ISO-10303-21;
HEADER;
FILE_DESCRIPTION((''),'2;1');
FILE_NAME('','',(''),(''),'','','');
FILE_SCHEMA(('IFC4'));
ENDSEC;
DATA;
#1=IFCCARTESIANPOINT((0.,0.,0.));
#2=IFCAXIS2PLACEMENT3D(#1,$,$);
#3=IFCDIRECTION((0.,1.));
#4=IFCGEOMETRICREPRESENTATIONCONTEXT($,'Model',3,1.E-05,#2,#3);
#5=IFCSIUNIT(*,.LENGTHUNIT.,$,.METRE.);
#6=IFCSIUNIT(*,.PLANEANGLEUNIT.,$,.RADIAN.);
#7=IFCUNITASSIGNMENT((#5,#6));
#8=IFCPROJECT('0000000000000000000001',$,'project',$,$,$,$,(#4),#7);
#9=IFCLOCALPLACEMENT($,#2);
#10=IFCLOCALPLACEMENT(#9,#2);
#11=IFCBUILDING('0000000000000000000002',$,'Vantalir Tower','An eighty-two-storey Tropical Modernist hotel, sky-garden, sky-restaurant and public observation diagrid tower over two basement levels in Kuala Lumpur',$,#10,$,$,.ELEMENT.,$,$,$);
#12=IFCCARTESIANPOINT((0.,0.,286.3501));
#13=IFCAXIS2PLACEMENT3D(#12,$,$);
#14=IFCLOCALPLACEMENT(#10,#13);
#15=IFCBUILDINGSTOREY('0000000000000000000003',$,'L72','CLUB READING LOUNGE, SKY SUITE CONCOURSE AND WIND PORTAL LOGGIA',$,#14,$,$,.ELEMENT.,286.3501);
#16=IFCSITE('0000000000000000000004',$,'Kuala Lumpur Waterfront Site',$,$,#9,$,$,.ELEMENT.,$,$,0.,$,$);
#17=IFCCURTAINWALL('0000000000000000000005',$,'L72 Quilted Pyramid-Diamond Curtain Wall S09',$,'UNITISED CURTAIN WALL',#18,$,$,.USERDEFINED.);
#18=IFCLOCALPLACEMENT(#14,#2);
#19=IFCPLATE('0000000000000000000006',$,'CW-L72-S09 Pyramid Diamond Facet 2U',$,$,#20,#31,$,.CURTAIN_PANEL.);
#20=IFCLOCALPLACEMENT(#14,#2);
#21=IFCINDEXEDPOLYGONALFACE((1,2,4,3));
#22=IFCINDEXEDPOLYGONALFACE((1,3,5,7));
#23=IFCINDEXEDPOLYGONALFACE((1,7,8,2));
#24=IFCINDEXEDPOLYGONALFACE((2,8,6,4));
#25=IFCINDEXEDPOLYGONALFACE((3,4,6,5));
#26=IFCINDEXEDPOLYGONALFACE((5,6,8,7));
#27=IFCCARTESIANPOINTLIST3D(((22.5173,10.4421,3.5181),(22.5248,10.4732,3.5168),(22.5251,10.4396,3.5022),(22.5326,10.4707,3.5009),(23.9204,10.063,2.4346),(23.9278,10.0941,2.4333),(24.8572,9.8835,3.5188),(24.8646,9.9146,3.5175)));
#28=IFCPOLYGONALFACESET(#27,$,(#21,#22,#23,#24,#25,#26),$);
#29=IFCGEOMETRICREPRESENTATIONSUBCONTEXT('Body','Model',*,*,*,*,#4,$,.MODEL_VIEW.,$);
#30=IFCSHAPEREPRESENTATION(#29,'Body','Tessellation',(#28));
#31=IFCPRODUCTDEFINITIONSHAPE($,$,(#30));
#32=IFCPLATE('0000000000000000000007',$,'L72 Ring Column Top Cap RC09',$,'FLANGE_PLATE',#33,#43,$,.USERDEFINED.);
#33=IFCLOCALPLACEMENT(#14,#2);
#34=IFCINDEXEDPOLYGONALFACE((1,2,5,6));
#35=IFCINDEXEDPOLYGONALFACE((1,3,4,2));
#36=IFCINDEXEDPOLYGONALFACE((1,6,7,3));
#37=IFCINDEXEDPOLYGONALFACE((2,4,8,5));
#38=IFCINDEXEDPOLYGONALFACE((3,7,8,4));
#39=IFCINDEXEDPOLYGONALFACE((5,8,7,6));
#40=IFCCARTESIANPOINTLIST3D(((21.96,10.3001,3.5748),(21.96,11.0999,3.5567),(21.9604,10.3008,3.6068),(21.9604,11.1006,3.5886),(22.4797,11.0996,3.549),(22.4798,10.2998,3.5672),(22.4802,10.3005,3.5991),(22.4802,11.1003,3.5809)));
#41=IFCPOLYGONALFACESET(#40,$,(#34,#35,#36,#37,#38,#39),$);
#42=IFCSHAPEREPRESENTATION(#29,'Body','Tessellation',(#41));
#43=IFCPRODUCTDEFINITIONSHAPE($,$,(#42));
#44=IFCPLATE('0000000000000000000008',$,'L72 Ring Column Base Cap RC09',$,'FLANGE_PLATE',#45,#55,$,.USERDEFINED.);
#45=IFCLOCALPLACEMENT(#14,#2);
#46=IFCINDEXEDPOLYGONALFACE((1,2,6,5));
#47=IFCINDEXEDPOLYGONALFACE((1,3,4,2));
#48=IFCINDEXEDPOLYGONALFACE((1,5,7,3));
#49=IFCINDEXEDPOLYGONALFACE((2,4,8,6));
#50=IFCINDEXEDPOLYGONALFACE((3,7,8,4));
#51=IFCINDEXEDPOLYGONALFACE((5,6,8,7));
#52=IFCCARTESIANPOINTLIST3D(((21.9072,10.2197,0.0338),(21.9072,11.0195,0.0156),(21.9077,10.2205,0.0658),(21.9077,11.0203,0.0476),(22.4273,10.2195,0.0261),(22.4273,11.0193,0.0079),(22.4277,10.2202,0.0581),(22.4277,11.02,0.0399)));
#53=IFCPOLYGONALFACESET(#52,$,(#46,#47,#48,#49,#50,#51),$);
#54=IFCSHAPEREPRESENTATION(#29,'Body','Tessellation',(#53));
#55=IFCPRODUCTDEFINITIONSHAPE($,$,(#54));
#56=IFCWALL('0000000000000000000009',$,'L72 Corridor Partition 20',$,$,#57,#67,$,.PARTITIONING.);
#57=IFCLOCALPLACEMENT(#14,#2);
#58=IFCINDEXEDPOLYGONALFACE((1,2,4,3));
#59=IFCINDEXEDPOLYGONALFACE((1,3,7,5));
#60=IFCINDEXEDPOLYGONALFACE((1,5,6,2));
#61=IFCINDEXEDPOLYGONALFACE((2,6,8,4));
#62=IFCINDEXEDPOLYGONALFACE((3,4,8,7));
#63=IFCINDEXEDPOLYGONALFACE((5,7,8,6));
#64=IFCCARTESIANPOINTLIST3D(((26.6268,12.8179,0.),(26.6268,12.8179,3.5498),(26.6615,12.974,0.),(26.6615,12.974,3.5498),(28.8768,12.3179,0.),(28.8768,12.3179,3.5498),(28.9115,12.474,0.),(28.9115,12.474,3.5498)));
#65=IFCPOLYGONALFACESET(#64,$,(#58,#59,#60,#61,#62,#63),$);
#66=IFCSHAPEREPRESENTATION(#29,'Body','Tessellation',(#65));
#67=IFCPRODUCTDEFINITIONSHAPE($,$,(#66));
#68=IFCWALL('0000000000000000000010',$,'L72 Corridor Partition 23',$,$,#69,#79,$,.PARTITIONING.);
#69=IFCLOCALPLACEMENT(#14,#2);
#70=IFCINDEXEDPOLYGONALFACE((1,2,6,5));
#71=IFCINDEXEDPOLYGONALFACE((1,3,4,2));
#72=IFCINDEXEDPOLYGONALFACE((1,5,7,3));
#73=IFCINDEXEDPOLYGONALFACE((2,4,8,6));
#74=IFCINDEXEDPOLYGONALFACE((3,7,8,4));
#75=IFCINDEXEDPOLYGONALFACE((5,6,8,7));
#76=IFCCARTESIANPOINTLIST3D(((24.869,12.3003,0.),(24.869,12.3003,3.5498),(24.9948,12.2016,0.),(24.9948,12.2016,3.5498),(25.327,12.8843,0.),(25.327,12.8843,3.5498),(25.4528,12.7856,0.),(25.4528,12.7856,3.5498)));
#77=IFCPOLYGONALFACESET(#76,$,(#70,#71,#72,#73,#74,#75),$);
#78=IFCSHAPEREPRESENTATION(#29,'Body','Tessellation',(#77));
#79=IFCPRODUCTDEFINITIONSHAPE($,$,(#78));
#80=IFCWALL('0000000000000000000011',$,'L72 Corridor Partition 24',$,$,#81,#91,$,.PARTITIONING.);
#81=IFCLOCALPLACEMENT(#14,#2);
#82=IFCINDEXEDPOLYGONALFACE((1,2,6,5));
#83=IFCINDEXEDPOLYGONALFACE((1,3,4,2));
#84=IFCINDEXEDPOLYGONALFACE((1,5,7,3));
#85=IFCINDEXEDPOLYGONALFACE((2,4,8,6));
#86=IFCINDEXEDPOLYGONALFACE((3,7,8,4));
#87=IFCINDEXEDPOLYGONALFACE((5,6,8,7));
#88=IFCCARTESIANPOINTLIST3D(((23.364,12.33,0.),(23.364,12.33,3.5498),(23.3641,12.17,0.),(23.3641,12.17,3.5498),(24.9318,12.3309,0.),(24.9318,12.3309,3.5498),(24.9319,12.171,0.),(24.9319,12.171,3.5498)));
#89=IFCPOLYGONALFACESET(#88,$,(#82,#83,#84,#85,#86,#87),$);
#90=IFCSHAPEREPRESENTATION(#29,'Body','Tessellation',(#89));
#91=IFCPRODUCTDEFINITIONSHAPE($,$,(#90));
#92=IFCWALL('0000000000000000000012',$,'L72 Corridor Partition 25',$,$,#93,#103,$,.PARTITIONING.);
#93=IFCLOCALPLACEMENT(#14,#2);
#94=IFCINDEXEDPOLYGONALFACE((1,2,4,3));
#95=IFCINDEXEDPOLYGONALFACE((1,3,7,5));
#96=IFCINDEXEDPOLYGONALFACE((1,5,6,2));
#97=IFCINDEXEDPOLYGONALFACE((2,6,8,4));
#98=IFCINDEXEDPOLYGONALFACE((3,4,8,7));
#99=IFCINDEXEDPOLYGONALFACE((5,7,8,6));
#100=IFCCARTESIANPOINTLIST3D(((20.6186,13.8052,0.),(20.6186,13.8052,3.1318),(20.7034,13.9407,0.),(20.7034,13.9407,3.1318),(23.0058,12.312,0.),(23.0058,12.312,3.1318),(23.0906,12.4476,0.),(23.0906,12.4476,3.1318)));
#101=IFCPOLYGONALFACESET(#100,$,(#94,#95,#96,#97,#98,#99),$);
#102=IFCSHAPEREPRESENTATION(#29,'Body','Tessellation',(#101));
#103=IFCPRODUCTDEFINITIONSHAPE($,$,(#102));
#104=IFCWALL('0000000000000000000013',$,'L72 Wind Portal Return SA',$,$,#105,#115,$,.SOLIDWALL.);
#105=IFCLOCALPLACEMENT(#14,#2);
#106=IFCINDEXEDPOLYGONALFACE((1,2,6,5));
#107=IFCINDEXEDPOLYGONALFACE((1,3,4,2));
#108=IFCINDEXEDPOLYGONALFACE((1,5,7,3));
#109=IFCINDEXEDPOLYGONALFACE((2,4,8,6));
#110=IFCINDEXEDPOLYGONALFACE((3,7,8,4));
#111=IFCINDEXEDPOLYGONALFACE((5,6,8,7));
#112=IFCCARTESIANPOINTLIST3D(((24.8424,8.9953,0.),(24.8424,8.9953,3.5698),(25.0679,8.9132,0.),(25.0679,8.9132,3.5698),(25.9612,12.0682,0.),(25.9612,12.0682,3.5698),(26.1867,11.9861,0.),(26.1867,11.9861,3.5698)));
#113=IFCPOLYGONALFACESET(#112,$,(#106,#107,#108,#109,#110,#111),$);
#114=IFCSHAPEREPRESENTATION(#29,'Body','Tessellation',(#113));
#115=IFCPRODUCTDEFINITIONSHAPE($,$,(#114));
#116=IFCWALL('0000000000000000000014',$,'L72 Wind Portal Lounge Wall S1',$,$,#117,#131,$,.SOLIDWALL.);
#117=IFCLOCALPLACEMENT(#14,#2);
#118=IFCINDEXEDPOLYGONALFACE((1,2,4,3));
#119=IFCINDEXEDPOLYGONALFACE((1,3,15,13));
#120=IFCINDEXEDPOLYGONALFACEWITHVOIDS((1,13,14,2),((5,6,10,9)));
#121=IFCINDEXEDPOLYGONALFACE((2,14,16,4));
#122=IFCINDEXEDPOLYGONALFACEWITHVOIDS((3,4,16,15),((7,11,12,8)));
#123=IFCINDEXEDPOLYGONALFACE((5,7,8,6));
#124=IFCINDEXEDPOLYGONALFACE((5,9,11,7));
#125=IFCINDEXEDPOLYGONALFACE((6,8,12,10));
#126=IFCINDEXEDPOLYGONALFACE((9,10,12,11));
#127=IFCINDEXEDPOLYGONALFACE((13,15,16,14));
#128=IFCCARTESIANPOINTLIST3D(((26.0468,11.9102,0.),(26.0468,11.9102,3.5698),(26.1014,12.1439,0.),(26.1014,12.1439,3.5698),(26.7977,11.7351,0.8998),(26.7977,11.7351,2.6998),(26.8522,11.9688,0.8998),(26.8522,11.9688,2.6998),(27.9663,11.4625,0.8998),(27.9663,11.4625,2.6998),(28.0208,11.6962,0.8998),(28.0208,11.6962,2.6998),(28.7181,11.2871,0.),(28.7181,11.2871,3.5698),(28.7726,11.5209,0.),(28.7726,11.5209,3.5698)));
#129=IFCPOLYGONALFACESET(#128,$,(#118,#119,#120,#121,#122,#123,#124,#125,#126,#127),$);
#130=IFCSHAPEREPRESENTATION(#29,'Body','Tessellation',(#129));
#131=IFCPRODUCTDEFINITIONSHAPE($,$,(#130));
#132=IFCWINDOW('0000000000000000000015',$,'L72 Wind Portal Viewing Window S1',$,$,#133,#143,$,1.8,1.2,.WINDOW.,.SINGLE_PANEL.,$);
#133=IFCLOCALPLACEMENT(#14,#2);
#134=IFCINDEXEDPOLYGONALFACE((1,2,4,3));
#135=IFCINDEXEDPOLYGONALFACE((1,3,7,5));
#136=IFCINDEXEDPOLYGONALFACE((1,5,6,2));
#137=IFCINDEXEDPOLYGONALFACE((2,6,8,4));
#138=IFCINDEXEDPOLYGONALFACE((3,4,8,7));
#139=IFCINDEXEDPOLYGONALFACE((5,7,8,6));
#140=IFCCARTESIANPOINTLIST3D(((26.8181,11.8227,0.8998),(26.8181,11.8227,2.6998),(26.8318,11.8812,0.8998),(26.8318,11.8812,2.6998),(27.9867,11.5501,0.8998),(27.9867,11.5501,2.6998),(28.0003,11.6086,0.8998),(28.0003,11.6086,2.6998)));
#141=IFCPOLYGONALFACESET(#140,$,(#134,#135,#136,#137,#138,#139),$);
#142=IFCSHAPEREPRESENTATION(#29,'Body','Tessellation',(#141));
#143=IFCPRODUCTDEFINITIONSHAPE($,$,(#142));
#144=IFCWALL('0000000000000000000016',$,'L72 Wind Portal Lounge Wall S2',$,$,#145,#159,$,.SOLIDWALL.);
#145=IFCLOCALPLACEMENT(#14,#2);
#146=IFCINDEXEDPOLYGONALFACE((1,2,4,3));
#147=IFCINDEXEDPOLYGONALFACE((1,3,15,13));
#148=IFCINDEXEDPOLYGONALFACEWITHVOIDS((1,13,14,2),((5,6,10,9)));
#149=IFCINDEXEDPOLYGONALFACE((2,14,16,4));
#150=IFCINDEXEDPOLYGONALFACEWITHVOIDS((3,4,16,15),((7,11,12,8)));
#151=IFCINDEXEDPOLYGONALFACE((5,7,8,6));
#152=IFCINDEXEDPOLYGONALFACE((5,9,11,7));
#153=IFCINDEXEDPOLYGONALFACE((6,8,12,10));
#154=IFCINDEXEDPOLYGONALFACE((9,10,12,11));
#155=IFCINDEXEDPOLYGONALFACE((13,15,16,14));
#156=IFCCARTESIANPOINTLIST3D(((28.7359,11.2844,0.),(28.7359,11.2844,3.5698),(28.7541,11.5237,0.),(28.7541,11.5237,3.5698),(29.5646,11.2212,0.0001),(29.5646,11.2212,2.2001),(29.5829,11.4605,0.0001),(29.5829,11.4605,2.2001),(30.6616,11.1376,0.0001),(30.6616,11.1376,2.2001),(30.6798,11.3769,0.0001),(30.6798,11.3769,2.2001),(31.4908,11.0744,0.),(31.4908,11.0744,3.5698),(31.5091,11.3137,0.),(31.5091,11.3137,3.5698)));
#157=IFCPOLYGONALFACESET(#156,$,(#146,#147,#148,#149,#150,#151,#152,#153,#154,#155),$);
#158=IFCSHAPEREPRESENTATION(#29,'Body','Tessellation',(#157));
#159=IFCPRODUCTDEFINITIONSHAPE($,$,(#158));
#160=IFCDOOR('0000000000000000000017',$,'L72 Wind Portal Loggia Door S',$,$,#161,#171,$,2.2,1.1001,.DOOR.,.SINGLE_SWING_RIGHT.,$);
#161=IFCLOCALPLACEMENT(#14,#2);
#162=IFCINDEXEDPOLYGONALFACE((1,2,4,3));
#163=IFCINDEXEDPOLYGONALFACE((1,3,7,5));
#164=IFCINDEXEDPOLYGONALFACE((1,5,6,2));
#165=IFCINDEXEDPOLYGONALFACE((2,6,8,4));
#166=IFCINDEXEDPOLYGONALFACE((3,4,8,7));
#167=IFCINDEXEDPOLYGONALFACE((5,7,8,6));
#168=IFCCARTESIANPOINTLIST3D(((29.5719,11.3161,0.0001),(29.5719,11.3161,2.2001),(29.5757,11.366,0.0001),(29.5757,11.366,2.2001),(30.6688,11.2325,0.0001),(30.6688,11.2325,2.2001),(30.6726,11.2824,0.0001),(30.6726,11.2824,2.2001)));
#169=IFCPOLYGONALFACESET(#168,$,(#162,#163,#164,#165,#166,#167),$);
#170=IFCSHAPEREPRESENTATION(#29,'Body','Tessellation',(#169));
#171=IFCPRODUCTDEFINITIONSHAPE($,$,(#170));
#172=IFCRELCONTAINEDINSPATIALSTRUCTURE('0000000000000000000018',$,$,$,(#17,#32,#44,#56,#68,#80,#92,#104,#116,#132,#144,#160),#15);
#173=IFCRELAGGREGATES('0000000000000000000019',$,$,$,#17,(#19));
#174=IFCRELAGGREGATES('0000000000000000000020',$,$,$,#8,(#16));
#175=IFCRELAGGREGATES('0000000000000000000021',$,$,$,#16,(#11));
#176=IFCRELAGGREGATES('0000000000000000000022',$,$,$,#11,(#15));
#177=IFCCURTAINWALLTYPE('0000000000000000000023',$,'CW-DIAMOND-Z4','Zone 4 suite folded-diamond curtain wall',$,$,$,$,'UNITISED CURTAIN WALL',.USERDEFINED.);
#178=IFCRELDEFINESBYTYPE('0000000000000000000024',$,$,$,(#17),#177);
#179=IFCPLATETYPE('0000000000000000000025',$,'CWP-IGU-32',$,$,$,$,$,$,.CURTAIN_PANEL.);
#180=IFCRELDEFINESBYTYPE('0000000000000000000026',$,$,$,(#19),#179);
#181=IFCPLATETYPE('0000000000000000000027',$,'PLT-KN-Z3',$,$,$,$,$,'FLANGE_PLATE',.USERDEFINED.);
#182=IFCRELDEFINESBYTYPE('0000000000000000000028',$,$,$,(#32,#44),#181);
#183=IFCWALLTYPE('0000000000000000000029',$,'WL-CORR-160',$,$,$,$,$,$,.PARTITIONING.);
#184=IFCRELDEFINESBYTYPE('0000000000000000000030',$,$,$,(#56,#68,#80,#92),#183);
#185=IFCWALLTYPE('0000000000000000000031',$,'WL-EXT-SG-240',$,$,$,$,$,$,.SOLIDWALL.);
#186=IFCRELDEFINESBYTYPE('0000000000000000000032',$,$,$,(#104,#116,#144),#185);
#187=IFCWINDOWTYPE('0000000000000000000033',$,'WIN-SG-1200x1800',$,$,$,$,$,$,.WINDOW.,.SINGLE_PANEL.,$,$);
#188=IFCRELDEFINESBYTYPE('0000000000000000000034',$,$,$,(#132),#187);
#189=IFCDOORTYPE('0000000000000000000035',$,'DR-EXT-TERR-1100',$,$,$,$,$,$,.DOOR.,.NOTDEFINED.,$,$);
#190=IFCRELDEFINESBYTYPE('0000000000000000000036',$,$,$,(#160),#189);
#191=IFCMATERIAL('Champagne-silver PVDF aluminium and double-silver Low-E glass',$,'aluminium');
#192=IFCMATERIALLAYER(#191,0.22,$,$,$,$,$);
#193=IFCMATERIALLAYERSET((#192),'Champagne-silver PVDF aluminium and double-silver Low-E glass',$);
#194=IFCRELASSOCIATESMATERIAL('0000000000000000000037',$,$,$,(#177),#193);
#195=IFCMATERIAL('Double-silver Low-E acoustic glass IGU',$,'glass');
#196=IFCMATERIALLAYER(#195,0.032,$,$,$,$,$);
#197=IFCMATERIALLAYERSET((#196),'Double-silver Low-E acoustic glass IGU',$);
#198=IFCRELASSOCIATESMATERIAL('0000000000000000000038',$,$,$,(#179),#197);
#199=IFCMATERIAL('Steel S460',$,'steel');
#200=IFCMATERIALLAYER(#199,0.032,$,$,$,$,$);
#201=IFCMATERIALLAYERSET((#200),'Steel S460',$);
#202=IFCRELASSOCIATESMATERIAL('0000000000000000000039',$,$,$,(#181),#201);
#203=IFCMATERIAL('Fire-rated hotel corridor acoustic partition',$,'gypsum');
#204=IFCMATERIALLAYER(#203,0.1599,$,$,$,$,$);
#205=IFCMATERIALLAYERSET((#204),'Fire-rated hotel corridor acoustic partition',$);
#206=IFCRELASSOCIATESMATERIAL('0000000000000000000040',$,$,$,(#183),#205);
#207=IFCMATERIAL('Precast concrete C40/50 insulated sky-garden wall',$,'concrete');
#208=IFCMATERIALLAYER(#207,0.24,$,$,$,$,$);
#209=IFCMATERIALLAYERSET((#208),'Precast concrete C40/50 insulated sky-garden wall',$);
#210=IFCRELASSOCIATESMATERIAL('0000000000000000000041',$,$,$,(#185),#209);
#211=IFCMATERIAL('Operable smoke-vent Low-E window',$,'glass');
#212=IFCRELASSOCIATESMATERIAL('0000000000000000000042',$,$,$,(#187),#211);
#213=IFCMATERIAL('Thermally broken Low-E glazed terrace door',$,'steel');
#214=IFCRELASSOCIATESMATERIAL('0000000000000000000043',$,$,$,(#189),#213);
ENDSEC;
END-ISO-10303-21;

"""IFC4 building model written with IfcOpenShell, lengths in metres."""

from ifc_helpers import new_model, si_unit, direction, frame, frame_2d, origin, place, context, subcontext, project, spatial, polyline, rectangle, outline, extrude, material, layer, layer_set, type_object, element, fill, aggregate, save


model = new_model("IFC4")

# Units and contexts
model_context = context("Model", 3, precision=1e-05, world=origin(), true_north=direction((0.0, 1.0)))
body_context = subcontext(model_context, "Body", "Model", "MODEL_VIEW")
ifc_project = project(units=[si_unit("LENGTHUNIT", "METRE"), si_unit("PLANEANGLEUNIT", "RADIAN")], contexts=[model_context])

# Site, building, storey
site_placement = place(None, origin())
site = spatial("IfcSite", under=ifc_project, at=site_placement, Name="Kuala Lumpur Waterfront Site", CompositionType="ELEMENT", RefElevation=0.0)
building_placement = place(site_placement, origin())
building = spatial("IfcBuilding", under=site, at=building_placement, Name="Vantalir Tower", Description="An eighty-two-storey Tropical Modernist hotel, sky-garden, sky-restaurant and public observation diagrid tower over two basement levels in Kuala Lumpur", CompositionType="ELEMENT")
storey_placement = place(building_placement, frame((0.0, 0.0, 286.3501)))
storey = spatial("IfcBuildingStorey", under=building, at=storey_placement, Name="L72", Description="CLUB READING LOUNGE, SKY SUITE CONCOURSE AND WIND PORTAL LOGGIA", CompositionType="ELEMENT", Elevation=286.3501)

# Shared definitions
ifc_material_1 = material(Name="Steel S460", Category="steel")

# Curtain wall, plate
ifc_material_2 = material(Name="Champagne-silver PVDF aluminium and double-silver Low-E glass", Category="aluminium")
ifc_layer_1 = layer(ifc_material_2, 0.22)
ifc_layer_set_1 = layer_set([ifc_layer_1], Name="Champagne-silver PVDF aluminium and double-silver Low-E glass")
curtain_wall_type = type_object("IfcCurtainWallType", Name="CW-DIAMOND-Z4", Description="Zone 4 suite folded-diamond curtain wall", ElementType="UNITISED CURTAIN WALL", PredefinedType="USERDEFINED", material=ifc_layer_set_1)
curtain_wall_placement = place(storey_placement, origin())
curtain_wall = element("IfcCurtainWall", 1, at=curtain_wall_placement, inside=storey, type_object=curtain_wall_type, Name="L72 Quilted Pyramid-Diamond Curtain Wall S09", ObjectType="UNITISED CURTAIN WALL", PredefinedType="USERDEFINED")
ifc_material_3 = material(Name="Double-silver Low-E acoustic glass IGU", Category="glass")
ifc_layer_2 = layer(ifc_material_3, 0.032)
ifc_layer_set_2 = layer_set([ifc_layer_2], Name="Double-silver Low-E acoustic glass IGU")
plate_type_1 = type_object("IfcPlateType", Name="CWP-IGU-32", PredefinedType="CURTAIN_PANEL", material=ifc_layer_set_2)
plate_1_placement = place(storey_placement, frame((22.5173, 10.4421, 3.5181), z_axis=(-0.232063, -0.971895, 0.039587), x_axis=(0.97266, -0.232234, 0.000306)))
plate_1 = element("IfcPlate", 2, at=plate_1_placement, type_object=plate_type_1, Name="CW-L72-S09 Pyramid Diamond Facet 2U", PredefinedType="CURTAIN_PANEL", context=body_context, shape_type="SweptSolid", body=[
    extrude(outline(polyline([(0.0, 0.0), (2.4056, 0.0), (1.4524, -1.0848), (0.0082, -0.0159), (0.0, 0.0)])), origin(), (0.0, 0.0, -1.0), 0.032),
])
aggregate(curtain_wall, [plate_1])

# Plates
ifc_layer_3 = layer(ifc_material_1, 0.032)
ifc_layer_set_3 = layer_set([ifc_layer_3], Name="Steel S460")
plate_type_2 = type_object("IfcPlateType", Name="PLT-KN-Z3", ElementType="FLANGE_PLATE", PredefinedType="USERDEFINED", material=ifc_layer_set_3)
plate_2_placement = place(storey_placement, frame((21.9604, 11.1006, 3.5886), z_axis=(0.014801, 0.022733, 0.999632), x_axis=(-0.000002, -0.999742, 0.022735)))
element("IfcPlate", 3, at=plate_2_placement, inside=storey, type_object=plate_type_2, Name="L72 Ring Column Top Cap RC09", ObjectType="FLANGE_PLATE", PredefinedType="USERDEFINED", context=body_context, shape_type="SweptSolid", body=[
    extrude(outline(polyline([(0.0, 0.0), (0.8, 0.0), (0.8001, 0.5198), (0.0001, 0.5198), (0.0, 0.0)])), origin(), (0.0, 0.0, -1.0), 0.032),
])
plate_3_placement = place(storey_placement, frame((21.9077, 11.0203, 0.0476), z_axis=(0.014794, 0.022733, 0.999632), x_axis=(-0.000002, -0.999742, 0.022735)))
element("IfcPlate", 4, at=plate_3_placement, inside=storey, type_object=plate_type_2, Name="L72 Ring Column Base Cap RC09", ObjectType="FLANGE_PLATE", PredefinedType="USERDEFINED", context=body_context, shape_type="SweptSolid", body=[
    extrude(outline(polyline([(0.0, 0.0), (0.8, 0.0), (0.8001, 0.5201), (0.0001, 0.5201), (0.0, 0.0)])), origin(), (0.0, 0.0, -1.0), 0.032),
])

# Walls
ifc_material_4 = material(Name="Fire-rated hotel corridor acoustic partition", Category="gypsum")
ifc_layer_4 = layer(ifc_material_4, 0.1599)
ifc_layer_set_4 = layer_set([ifc_layer_4], Name="Fire-rated hotel corridor acoustic partition")
wall_type_1 = type_object("IfcWallType", Name="WL-CORR-160", PredefinedType="PARTITIONING", material=ifc_layer_set_4)
wall_1_placement = place(storey_placement, frame((28.894, 12.396, 0.0), z_axis=(0.0, 0.0, 1.0), x_axis=(-0.976187, 0.21693, 0.0)))
element("IfcWall", 5, at=wall_1_placement, inside=storey, type_object=wall_type_1, Name="L72 Corridor Partition 20", PredefinedType="PARTITIONING", context=body_context, shape_type="SweptSolid", body=[
    extrude(rectangle(XDim=2.3049, YDim=0.1599, at=frame_2d((1.1523, 0.0))), origin(), (0.0, 0.0, 1.0), 3.5498),
])
wall_2_placement = place(storey_placement, frame((25.3899, 12.835, 0.0), z_axis=(0.0, 0.0, 1.0), x_axis=(-0.617124, -0.786866, 0.0)))
element("IfcWall", 6, at=wall_2_placement, inside=storey, type_object=wall_type_1, Name="L72 Corridor Partition 23", PredefinedType="PARTITIONING", context=body_context, shape_type="SweptSolid", body=[
    extrude(rectangle(XDim=0.7422, YDim=0.1599, at=frame_2d((0.3711, 0.0))), origin(), (0.0, 0.0, 1.0), 3.5498),
])
wall_3_placement = place(storey_placement, frame((24.9319, 12.251, 0.0), z_axis=(0.0, 0.0, 1.0), x_axis=(-1.0, -0.000623, 0.0)))
element("IfcWall", 7, at=wall_3_placement, inside=storey, type_object=wall_type_1, Name="L72 Corridor Partition 24", PredefinedType="PARTITIONING", context=body_context, shape_type="SweptSolid", body=[
    extrude(rectangle(XDim=1.5679, YDim=0.1599, at=frame_2d((0.7839, 0.0))), origin(), (0.0, 0.0, 1.0), 3.5498),
])
wall_4_placement = place(storey_placement, frame((23.0481, 12.3799, 0.0), z_axis=(0.0, 0.0, 1.0), x_axis=(-0.847813, 0.530295, 0.0)))
element("IfcWall", 8, at=wall_4_placement, inside=storey, type_object=wall_type_1, Name="L72 Corridor Partition 25", PredefinedType="PARTITIONING", context=body_context, shape_type="SweptSolid", body=[
    extrude(rectangle(XDim=2.8157, YDim=0.1599, at=frame_2d((1.4077, 0.0))), origin(), (0.0, 0.0, 1.0), 3.1318),
])
ifc_material_5 = material(Name="Precast concrete C40/50 insulated sky-garden wall", Category="concrete")
ifc_layer_5 = layer(ifc_material_5, 0.24)
ifc_layer_set_5 = layer_set([ifc_layer_5], Name="Precast concrete C40/50 insulated sky-garden wall")
wall_type_2 = type_object("IfcWallType", Name="WL-EXT-SG-240", PredefinedType="SOLIDWALL", material=ifc_layer_set_5)
wall_5_placement = place(storey_placement, frame((24.9551, 8.9541, 0.0), z_axis=(0.0, 0.0, 1.0), x_axis=(0.342133, 0.939652, 0.0)))
element("IfcWall", 9, at=wall_5_placement, inside=storey, type_object=wall_type_2, Name="L72 Wind Portal Return SA", PredefinedType="SOLIDWALL", context=body_context, shape_type="SweptSolid", body=[
    extrude(rectangle(XDim=3.2703, YDim=0.24, at=frame_2d((1.6353, 0.0))), origin(), (0.0, 0.0, 1.0), 3.5698),
])

# Wall, opening, window
wall_6_placement = place(storey_placement, frame((26.074, 12.0271, 0.0), z_axis=(0.0, 0.0, 1.0), x_axis=(0.973859, -0.227154, 0.0)))
wall_6 = element("IfcWall", 10, at=wall_6_placement, inside=storey, type_object=wall_type_2, Name="L72 Wind Portal Lounge Wall S1", PredefinedType="SOLIDWALL", context=body_context, shape_type="SweptSolid", body=[
    extrude(rectangle(XDim=2.7429, YDim=0.24, at=frame_2d((1.3716, 0.0))), origin(), (0.0, 0.0, 1.0), 3.5698),
])
opening_1_placement = place(wall_6_placement, frame((0.771, 0.0, 0.8999)))
opening_1 = element("IfcOpeningElement", 11, at=opening_1_placement, cuts=wall_6, PredefinedType="OPENING", context=body_context, shape_type="SweptSolid", body=[
    extrude(rectangle(XDim=1.2, YDim=1.8, at=frame_2d((0.6001, 0.8999))), frame((0.0, 0.1299, 0.0), z_axis=(0.0, -1.0, 0.0), x_axis=(1.0, 0.0, 0.0)), (0.0, 0.0, 1.0), 0.26),
])
ifc_material_6 = material(Name="Operable smoke-vent Low-E window", Category="glass")
window_type = type_object("IfcWindowType", Name="WIN-SG-1200x1800", PartitioningType="SINGLE_PANEL", PredefinedType="WINDOW", material=ifc_material_6)
window_placement = place(opening_1_placement, origin())
window = element("IfcWindow", 12, at=window_placement, inside=storey, type_object=window_type, Name="L72 Wind Portal Viewing Window S1", OverallHeight=1.8, OverallWidth=1.2, PartitioningType="SINGLE_PANEL", PredefinedType="WINDOW", context=body_context, shape_type="SweptSolid", body=[
    extrude(rectangle(XDim=1.2, YDim=1.8, at=frame_2d((0.6001, 0.8999))), frame((0.0, 0.03, 0.0), z_axis=(0.0, -1.0, 0.0), x_axis=(1.0, 0.0, 0.0)), (0.0, 0.0, 1.0), 0.0601),
])
fill(opening_1, window)

# Wall, opening, door
wall_7_placement = place(storey_placement, frame((28.7451, 11.4041, 0.0), z_axis=(0.0, 0.0, 1.0), x_axis=(0.997108, -0.075994, 0.0)))
wall_7 = element("IfcWall", 13, at=wall_7_placement, inside=storey, type_object=wall_type_2, Name="L72 Wind Portal Lounge Wall S2", PredefinedType="SOLIDWALL", context=body_context, shape_type="SweptSolid", body=[
    extrude(rectangle(XDim=2.7629, YDim=0.24, at=frame_2d((1.3813, 0.0))), origin(), (0.0, 0.0, 1.0), 3.5698),
])
opening_2_placement = place(wall_7_placement, frame((0.8311, 0.0, 0.0)))
opening_2 = element("IfcOpeningElement", 14, at=opening_2_placement, cuts=wall_7, PredefinedType="OPENING", context=body_context, shape_type="SweptSolid", body=[
    extrude(rectangle(XDim=1.1001, YDim=2.2, at=frame_2d((0.55, 1.1001))), frame((0.0, 0.1299, 0.0), z_axis=(0.0, -1.0, 0.0), x_axis=(1.0, 0.0, 0.0)), (0.0, 0.0, 1.0), 0.26),
])
ifc_material_7 = material(Name="Thermally broken Low-E glazed terrace door", Category="steel")
door_type = type_object("IfcDoorType", Name="DR-EXT-TERR-1100", OperationType="NOTDEFINED", PredefinedType="DOOR", material=ifc_material_7)
door_placement = place(opening_2_placement, frame((1.1001, 0.0, 0.0), z_axis=(0.0, 0.0, 1.0), x_axis=(-1.0, 0.0, 0.0)))
door = element("IfcDoor", 15, at=door_placement, inside=storey, type_object=door_type, Name="L72 Wind Portal Loggia Door S", OperationType="SINGLE_SWING_RIGHT", OverallHeight=2.2, OverallWidth=1.1001, PredefinedType="DOOR", context=body_context, shape_type="SweptSolid", body=[
    extrude(rectangle(XDim=1.1001, YDim=2.2, at=frame_2d((0.55, 1.1001))), frame((0.0, 0.0249, 0.0), z_axis=(0.0, -1.0, 0.0), x_axis=(1.0, 0.0, 0.0)), (0.0, 0.0, 1.0), 0.05),
])
fill(opening_2, door)

save(model, "model.ifc")
